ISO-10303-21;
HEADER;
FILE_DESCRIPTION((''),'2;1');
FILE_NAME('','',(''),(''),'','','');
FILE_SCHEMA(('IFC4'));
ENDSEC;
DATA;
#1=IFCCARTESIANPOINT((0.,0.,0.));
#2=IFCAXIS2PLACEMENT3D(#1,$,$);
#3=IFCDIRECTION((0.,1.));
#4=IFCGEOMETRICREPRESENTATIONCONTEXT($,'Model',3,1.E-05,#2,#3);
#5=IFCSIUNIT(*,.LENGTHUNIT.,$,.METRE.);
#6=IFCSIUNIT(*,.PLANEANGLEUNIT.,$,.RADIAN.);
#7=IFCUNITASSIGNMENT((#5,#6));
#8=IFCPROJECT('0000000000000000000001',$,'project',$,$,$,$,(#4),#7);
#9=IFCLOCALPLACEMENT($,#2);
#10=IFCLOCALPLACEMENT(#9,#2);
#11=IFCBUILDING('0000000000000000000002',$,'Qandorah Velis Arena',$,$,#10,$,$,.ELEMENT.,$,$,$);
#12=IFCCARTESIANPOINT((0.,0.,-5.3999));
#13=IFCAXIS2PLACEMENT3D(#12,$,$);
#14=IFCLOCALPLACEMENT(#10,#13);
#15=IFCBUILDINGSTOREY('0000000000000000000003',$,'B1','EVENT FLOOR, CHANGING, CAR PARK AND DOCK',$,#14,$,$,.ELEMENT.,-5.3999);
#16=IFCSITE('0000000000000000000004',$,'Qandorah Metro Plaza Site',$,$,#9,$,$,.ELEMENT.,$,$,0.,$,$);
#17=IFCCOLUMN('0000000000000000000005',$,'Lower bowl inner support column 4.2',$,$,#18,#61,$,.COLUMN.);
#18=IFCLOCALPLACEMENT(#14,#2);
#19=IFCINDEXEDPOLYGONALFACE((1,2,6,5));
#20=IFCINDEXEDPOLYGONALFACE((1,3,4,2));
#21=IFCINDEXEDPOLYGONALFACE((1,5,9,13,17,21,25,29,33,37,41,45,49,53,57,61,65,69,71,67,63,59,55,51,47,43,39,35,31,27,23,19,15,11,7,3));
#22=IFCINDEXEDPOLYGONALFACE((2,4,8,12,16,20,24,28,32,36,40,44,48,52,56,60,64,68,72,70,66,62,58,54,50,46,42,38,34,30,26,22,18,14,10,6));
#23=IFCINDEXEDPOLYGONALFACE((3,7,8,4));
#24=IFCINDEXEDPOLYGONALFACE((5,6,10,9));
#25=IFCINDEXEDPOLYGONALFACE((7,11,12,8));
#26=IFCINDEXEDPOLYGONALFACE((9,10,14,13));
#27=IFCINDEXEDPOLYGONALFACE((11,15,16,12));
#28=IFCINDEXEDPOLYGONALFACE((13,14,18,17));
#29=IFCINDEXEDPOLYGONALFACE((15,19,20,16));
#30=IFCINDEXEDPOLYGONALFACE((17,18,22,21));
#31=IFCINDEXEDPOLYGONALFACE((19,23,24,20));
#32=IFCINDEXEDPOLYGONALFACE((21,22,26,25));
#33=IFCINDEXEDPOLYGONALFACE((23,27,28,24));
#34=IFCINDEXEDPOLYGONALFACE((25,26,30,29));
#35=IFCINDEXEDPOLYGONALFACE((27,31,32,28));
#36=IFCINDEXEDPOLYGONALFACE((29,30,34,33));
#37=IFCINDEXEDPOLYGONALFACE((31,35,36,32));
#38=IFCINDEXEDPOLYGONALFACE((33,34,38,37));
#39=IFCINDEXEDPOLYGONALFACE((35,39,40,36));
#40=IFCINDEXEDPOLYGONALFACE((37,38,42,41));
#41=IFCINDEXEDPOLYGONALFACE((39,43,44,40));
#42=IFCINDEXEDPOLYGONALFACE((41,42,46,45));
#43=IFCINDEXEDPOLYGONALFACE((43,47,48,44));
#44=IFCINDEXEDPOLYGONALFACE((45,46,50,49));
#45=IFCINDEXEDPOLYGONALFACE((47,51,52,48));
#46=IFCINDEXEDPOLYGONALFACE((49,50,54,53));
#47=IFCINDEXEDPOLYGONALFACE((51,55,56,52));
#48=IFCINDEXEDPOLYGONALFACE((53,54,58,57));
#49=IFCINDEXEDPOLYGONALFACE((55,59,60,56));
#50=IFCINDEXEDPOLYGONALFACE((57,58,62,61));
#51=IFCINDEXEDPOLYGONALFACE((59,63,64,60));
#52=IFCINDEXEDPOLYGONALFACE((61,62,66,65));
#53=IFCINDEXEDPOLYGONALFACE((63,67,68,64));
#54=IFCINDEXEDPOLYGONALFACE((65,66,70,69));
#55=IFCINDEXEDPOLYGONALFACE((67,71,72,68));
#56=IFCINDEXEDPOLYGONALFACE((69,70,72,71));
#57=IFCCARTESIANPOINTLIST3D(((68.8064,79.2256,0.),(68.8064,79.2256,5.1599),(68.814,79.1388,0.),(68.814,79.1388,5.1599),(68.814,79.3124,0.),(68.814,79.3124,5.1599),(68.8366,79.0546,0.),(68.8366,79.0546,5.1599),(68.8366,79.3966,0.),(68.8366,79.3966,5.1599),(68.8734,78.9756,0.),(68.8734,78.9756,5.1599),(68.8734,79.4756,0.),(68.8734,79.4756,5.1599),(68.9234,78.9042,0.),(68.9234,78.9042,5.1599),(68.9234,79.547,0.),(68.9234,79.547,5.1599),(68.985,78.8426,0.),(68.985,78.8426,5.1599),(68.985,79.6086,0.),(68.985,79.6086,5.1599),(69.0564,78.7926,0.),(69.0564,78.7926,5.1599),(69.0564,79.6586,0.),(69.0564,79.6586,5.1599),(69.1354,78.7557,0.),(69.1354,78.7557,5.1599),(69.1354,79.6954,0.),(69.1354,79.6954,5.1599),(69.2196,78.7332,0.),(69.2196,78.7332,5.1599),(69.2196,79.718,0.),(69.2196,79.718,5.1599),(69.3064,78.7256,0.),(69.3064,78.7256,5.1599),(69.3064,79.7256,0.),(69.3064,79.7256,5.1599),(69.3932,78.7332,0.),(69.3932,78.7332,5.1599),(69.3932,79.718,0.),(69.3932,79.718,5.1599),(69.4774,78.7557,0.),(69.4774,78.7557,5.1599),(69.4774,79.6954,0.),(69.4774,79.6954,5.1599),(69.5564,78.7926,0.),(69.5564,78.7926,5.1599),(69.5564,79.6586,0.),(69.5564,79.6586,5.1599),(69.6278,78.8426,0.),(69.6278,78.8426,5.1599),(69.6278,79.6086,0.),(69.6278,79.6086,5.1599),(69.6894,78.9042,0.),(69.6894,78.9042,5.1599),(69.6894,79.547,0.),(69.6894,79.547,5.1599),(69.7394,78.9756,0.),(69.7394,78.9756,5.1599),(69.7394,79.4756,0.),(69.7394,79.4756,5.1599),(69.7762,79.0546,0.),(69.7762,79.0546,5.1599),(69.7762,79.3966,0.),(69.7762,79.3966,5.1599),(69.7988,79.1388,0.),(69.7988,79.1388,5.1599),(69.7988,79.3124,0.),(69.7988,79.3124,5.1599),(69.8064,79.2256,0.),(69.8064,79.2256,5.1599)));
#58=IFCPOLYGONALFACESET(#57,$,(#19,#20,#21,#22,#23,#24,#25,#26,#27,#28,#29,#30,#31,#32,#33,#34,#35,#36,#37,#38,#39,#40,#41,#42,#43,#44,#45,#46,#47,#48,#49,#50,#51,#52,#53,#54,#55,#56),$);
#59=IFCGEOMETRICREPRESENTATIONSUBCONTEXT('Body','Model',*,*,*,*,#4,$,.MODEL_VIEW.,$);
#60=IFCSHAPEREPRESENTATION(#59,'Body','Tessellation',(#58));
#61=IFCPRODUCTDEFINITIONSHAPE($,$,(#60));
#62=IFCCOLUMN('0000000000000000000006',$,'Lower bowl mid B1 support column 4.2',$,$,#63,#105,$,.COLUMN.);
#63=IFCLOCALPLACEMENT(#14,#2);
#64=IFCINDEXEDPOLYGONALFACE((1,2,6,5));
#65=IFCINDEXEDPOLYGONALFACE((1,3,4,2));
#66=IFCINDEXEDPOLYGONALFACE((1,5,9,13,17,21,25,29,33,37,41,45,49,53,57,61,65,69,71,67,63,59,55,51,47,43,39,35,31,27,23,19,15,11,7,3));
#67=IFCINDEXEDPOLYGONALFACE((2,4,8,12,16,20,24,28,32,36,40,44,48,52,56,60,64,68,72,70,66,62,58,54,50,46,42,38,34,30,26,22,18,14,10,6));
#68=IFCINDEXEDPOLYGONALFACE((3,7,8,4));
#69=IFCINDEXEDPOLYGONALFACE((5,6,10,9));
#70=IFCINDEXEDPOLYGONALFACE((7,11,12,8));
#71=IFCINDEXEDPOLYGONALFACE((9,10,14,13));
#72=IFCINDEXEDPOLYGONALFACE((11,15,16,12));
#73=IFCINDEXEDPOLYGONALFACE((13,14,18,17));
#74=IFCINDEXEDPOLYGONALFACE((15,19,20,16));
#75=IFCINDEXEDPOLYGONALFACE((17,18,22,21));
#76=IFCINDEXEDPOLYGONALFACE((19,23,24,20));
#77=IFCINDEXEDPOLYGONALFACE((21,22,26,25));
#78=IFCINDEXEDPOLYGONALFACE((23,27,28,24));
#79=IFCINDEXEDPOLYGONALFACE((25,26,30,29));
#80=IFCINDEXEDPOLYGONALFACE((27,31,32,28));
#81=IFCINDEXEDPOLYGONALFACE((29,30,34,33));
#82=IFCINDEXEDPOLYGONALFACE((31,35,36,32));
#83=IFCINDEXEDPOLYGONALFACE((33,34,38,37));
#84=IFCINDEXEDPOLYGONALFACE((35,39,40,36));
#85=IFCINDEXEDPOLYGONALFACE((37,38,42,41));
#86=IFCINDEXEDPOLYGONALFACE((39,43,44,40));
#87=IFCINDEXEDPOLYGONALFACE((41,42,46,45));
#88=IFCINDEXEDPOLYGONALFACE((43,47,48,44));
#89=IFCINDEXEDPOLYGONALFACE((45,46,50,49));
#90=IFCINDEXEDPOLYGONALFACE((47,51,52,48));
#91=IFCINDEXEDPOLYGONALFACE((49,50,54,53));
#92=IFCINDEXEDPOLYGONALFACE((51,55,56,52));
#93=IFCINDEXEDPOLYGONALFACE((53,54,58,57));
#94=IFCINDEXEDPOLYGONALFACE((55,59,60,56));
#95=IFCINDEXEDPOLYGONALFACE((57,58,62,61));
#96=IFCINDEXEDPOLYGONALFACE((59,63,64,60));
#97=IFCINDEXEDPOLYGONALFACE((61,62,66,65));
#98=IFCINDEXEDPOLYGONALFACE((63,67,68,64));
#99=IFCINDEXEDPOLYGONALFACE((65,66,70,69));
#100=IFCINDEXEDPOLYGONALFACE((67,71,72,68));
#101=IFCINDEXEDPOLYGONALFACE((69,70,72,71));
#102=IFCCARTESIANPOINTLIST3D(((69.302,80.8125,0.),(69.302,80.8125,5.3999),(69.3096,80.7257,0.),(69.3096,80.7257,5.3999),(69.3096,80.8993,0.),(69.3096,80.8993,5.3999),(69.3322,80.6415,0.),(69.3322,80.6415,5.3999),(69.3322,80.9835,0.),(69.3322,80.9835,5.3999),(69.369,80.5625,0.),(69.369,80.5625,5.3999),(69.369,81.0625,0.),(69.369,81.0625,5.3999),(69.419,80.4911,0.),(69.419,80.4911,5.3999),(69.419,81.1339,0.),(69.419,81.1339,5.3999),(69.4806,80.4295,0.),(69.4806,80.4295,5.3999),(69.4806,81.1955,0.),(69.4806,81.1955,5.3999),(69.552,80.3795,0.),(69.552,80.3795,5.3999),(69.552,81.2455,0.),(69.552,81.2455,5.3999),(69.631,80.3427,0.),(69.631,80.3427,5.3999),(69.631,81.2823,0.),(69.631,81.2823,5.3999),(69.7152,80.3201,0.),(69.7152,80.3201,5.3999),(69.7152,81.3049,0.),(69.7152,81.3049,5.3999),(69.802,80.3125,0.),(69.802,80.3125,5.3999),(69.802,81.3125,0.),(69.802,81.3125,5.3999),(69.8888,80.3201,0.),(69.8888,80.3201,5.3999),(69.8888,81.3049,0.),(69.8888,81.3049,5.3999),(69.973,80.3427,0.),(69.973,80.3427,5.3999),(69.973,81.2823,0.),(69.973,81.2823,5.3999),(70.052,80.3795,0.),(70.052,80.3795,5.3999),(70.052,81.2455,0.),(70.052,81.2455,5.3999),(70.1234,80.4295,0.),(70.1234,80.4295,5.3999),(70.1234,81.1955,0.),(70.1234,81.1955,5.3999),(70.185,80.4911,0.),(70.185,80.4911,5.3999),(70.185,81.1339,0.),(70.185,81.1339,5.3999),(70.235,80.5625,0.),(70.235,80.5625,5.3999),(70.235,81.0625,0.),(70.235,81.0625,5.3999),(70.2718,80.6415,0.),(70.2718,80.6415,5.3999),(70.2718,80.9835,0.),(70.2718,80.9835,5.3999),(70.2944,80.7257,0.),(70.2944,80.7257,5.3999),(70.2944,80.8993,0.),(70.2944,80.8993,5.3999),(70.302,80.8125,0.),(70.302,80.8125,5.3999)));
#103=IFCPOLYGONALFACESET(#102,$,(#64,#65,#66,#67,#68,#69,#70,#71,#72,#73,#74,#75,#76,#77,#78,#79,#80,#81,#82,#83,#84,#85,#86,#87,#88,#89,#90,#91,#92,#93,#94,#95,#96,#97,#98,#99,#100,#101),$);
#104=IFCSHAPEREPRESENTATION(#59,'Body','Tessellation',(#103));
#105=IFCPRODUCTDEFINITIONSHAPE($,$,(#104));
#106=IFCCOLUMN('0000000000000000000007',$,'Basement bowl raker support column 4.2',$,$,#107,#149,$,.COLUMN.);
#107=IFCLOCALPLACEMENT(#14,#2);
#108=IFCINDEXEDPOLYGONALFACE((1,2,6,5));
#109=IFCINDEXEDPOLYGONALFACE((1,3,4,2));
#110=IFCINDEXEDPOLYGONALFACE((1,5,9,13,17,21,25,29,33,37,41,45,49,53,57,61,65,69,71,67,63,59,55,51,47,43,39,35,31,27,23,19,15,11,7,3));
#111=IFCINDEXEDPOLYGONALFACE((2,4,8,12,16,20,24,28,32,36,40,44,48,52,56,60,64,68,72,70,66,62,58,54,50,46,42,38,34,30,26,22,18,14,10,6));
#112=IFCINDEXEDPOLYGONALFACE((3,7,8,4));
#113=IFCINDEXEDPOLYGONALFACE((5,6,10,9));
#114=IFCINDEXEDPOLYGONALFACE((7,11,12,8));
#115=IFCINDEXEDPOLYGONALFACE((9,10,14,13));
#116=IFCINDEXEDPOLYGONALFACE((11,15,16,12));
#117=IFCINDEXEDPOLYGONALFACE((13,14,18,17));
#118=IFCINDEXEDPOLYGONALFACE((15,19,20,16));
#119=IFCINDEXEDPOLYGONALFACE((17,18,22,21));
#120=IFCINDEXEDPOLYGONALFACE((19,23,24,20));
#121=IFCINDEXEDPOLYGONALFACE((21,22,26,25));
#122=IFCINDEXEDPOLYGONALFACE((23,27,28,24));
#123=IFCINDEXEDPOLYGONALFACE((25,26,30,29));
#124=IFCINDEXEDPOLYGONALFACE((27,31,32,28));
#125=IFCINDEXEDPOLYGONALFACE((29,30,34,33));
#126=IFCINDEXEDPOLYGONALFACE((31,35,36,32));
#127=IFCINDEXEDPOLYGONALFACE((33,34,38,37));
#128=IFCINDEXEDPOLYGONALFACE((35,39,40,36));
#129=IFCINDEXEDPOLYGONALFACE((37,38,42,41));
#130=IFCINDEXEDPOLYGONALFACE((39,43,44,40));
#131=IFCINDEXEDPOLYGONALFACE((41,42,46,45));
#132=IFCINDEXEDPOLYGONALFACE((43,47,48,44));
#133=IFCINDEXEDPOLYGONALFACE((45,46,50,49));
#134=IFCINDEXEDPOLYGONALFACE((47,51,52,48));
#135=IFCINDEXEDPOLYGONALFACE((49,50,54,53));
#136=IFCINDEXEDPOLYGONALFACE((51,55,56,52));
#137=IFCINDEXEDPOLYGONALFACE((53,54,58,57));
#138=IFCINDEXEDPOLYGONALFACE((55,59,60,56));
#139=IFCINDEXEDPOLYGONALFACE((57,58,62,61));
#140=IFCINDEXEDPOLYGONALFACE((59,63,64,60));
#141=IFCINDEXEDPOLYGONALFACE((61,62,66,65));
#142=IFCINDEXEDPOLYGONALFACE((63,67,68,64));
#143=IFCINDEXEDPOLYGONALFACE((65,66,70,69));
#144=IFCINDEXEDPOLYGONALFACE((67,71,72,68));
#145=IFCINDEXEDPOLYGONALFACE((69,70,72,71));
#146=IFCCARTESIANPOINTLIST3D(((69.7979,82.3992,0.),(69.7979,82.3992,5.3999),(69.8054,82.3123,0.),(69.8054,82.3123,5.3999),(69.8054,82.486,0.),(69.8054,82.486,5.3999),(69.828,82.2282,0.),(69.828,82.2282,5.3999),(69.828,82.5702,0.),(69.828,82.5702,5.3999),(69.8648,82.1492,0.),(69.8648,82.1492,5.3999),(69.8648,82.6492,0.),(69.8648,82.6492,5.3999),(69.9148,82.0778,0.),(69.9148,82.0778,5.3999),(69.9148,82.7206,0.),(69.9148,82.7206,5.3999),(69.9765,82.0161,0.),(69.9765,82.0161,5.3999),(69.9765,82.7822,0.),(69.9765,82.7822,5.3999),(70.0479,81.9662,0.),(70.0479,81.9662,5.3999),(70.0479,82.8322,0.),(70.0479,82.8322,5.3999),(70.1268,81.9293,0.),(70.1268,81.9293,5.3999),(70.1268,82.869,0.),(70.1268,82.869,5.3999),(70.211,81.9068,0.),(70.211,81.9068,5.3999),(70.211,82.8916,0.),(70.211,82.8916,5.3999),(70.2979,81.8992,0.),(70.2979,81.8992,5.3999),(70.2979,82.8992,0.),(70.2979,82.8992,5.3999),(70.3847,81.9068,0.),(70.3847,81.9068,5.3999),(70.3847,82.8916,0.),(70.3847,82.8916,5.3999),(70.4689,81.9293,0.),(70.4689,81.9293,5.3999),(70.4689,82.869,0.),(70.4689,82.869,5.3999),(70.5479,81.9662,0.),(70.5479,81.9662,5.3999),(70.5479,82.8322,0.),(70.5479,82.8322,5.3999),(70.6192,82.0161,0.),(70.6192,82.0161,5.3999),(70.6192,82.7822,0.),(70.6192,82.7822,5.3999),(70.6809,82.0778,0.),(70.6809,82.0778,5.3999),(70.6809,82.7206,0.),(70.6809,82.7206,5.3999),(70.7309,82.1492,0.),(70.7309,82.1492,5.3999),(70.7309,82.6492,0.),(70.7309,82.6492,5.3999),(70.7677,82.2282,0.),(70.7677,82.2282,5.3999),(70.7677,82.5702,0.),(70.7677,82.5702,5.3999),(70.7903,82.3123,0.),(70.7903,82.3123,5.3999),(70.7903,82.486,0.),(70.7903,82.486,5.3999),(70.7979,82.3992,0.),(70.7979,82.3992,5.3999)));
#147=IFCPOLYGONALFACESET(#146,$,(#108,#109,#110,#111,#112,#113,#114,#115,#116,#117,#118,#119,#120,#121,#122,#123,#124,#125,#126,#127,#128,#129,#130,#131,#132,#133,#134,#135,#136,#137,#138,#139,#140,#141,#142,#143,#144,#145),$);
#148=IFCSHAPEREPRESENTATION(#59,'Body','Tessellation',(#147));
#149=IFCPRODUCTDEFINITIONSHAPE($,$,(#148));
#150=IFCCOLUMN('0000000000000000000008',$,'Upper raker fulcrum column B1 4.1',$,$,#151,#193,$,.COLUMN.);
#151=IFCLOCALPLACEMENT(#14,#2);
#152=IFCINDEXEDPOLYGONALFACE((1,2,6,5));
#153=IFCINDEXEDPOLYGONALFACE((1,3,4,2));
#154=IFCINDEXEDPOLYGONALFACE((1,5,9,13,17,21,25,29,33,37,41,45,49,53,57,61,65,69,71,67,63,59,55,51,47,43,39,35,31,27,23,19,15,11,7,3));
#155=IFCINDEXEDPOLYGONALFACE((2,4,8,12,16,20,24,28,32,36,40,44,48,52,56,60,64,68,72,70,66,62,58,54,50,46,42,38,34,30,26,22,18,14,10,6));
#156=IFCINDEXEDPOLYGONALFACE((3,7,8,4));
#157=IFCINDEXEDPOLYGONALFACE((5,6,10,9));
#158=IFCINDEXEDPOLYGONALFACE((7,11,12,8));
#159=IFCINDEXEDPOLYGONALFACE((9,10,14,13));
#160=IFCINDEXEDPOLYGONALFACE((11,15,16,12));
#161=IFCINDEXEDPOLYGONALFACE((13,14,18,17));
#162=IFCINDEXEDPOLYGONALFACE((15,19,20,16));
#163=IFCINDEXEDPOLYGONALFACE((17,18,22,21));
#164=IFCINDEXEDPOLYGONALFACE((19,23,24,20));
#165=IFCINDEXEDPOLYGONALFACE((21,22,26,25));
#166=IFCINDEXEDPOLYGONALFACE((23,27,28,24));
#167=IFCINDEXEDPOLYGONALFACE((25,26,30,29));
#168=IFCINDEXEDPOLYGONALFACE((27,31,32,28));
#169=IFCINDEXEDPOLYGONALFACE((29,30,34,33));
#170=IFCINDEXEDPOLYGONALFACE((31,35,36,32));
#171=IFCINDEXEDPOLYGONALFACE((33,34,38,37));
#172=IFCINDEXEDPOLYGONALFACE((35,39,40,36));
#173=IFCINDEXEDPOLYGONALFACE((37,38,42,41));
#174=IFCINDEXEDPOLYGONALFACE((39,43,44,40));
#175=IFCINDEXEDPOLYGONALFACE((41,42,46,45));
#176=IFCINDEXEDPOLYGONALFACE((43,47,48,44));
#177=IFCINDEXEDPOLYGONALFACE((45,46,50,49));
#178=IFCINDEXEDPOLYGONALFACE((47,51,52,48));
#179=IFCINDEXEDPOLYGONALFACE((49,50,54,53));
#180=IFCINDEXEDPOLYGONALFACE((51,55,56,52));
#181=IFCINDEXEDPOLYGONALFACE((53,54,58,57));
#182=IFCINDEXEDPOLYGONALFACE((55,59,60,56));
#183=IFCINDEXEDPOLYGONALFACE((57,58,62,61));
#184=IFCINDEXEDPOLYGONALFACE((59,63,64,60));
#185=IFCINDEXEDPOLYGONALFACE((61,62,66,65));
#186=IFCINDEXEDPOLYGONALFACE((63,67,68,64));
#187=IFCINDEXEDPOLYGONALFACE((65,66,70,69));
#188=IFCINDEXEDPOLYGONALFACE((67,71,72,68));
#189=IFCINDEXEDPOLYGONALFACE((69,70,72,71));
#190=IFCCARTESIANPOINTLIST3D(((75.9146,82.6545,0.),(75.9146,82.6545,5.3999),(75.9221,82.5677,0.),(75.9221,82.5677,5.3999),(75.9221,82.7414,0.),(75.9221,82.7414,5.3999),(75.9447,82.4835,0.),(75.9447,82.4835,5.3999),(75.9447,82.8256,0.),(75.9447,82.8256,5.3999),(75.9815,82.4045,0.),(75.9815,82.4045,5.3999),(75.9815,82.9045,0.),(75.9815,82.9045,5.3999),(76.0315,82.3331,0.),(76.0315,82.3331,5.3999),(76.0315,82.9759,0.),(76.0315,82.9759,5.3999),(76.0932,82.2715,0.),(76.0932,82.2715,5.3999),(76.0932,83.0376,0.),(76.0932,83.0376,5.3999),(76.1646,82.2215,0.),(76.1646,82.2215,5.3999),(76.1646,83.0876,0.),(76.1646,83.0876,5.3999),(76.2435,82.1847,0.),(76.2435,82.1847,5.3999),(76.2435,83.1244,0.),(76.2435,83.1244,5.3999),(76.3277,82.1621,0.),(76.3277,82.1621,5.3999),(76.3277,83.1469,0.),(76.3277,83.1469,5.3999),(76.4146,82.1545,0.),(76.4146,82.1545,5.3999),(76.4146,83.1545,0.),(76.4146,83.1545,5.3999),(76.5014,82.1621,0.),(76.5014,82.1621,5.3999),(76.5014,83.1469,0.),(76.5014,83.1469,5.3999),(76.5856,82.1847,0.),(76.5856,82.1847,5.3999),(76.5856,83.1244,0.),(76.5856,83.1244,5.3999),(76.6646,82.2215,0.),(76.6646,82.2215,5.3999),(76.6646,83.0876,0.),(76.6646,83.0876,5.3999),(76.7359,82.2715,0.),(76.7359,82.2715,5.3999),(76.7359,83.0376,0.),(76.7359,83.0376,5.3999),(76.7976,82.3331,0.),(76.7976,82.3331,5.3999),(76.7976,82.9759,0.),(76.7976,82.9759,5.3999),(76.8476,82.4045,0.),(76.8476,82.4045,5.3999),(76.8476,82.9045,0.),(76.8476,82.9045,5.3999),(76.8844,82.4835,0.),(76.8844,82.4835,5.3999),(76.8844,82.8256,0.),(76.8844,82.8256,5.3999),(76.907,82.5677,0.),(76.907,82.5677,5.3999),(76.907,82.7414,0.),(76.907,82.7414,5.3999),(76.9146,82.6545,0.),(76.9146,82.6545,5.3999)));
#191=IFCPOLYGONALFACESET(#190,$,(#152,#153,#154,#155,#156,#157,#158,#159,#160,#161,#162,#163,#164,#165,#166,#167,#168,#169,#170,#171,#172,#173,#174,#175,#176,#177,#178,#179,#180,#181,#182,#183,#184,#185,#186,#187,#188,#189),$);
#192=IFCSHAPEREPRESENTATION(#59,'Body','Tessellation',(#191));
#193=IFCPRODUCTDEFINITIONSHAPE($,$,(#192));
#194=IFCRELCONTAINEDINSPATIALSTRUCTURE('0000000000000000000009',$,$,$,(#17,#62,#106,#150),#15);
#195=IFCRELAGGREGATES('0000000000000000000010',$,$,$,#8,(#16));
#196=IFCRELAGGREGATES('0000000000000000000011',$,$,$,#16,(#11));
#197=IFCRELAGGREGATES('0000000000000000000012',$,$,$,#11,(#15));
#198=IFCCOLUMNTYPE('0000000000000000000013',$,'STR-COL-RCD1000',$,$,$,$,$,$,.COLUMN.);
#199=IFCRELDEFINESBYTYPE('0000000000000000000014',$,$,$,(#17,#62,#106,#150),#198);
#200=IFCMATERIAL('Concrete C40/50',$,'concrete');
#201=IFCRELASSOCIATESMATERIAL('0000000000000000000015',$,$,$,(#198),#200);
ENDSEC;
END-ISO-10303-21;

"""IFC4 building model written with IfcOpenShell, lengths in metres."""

from ifc_helpers import new_model, si_unit, direction, frame, origin, origin_2d, place, context, subcontext, project, spatial, circle, extrude, material, material_profile, profile_set, type_object, element, save


model = new_model("IFC4")

# Units and contexts
model_context = context("Model", 3, precision=1e-05, world=origin(), true_north=direction((0.0, 1.0)))
body_context = subcontext(model_context, "Body", "Model", "MODEL_VIEW")
ifc_project = project(units=[si_unit("LENGTHUNIT", "METRE"), si_unit("PLANEANGLEUNIT", "RADIAN")], contexts=[model_context])

# Site, building, storey
site_placement = place(None, origin())
site = spatial("IfcSite", under=ifc_project, at=site_placement, Name="Qandorah Metro Plaza Site", CompositionType="ELEMENT", RefElevation=0.0)
building_placement = place(site_placement, origin())
building = spatial("IfcBuilding", under=site, at=building_placement, Name="Qandorah Velis Arena", CompositionType="ELEMENT")
storey_placement = place(building_placement, frame((0.0, 0.0, -5.3999)))
storey = spatial("IfcBuildingStorey", under=building, at=storey_placement, Name="B1", Description="EVENT FLOOR, CHANGING, CAR PARK AND DOCK", CompositionType="ELEMENT", Elevation=-5.3999)

# Shared definitions
ifc_material = material(Name="Concrete C40/50", Category="concrete")

# Columns
ifc_material_profile_1 = material_profile(ifc_material, circle(Radius=0.5, at=origin_2d()), Name="RC D1000")
ifc_profile_set_1 = profile_set([ifc_material_profile_1], Name="Concrete C40/50")
column_type_1 = type_object("IfcColumnType", Name="STR-COL-RCD1000", PredefinedType="COLUMN", material=ifc_profile_set_1)
column_1_placement = place(storey_placement, frame((69.3064, 79.2256, 0.0), z_axis=(0.0, 0.0, 1.0), x_axis=(1.0, 0.0, 0.0)))
element("IfcColumn", 1, at=column_1_placement, inside=storey, type_object=column_type_1, Name="Lower bowl inner support column 4.2", PredefinedType="COLUMN", context=body_context, shape_type="SweptSolid", body=[
    extrude(circle(Radius=0.5, at=origin_2d()), origin(), (0.0, 0.0, 1.0), 5.1599),
])
for number, where, z_axis, x_axis, name in (
    (2, (69.802, 80.8125, 0.0), (0.0, 0.0, 1.0), (1.0, 0.0, 0.0), "Lower bowl mid B1 support column 4.2"),
    (3, (70.2979, 82.3992, 0.0), (0.0, 0.0, 1.0), (1.0, 0.0, 0.0), "Basement bowl raker support column 4.2"),
    (4, (76.4146, 82.6545, 0.0), (0.0, 0.0, 1.0), (1.0, 0.0, 0.0), "Upper raker fulcrum column B1 4.1"),
):
    element("IfcColumn", number, at=place(storey_placement, frame(where, z_axis=z_axis, x_axis=x_axis)), inside=storey, type_object=column_type_1, Name=name, PredefinedType="COLUMN", context=body_context, shape_type="SweptSolid", body=[
        extrude(circle(Radius=0.5, at=origin_2d()), origin(), (0.0, 0.0, 1.0), 5.3999),
    ])

save(model, "model.ifc")
